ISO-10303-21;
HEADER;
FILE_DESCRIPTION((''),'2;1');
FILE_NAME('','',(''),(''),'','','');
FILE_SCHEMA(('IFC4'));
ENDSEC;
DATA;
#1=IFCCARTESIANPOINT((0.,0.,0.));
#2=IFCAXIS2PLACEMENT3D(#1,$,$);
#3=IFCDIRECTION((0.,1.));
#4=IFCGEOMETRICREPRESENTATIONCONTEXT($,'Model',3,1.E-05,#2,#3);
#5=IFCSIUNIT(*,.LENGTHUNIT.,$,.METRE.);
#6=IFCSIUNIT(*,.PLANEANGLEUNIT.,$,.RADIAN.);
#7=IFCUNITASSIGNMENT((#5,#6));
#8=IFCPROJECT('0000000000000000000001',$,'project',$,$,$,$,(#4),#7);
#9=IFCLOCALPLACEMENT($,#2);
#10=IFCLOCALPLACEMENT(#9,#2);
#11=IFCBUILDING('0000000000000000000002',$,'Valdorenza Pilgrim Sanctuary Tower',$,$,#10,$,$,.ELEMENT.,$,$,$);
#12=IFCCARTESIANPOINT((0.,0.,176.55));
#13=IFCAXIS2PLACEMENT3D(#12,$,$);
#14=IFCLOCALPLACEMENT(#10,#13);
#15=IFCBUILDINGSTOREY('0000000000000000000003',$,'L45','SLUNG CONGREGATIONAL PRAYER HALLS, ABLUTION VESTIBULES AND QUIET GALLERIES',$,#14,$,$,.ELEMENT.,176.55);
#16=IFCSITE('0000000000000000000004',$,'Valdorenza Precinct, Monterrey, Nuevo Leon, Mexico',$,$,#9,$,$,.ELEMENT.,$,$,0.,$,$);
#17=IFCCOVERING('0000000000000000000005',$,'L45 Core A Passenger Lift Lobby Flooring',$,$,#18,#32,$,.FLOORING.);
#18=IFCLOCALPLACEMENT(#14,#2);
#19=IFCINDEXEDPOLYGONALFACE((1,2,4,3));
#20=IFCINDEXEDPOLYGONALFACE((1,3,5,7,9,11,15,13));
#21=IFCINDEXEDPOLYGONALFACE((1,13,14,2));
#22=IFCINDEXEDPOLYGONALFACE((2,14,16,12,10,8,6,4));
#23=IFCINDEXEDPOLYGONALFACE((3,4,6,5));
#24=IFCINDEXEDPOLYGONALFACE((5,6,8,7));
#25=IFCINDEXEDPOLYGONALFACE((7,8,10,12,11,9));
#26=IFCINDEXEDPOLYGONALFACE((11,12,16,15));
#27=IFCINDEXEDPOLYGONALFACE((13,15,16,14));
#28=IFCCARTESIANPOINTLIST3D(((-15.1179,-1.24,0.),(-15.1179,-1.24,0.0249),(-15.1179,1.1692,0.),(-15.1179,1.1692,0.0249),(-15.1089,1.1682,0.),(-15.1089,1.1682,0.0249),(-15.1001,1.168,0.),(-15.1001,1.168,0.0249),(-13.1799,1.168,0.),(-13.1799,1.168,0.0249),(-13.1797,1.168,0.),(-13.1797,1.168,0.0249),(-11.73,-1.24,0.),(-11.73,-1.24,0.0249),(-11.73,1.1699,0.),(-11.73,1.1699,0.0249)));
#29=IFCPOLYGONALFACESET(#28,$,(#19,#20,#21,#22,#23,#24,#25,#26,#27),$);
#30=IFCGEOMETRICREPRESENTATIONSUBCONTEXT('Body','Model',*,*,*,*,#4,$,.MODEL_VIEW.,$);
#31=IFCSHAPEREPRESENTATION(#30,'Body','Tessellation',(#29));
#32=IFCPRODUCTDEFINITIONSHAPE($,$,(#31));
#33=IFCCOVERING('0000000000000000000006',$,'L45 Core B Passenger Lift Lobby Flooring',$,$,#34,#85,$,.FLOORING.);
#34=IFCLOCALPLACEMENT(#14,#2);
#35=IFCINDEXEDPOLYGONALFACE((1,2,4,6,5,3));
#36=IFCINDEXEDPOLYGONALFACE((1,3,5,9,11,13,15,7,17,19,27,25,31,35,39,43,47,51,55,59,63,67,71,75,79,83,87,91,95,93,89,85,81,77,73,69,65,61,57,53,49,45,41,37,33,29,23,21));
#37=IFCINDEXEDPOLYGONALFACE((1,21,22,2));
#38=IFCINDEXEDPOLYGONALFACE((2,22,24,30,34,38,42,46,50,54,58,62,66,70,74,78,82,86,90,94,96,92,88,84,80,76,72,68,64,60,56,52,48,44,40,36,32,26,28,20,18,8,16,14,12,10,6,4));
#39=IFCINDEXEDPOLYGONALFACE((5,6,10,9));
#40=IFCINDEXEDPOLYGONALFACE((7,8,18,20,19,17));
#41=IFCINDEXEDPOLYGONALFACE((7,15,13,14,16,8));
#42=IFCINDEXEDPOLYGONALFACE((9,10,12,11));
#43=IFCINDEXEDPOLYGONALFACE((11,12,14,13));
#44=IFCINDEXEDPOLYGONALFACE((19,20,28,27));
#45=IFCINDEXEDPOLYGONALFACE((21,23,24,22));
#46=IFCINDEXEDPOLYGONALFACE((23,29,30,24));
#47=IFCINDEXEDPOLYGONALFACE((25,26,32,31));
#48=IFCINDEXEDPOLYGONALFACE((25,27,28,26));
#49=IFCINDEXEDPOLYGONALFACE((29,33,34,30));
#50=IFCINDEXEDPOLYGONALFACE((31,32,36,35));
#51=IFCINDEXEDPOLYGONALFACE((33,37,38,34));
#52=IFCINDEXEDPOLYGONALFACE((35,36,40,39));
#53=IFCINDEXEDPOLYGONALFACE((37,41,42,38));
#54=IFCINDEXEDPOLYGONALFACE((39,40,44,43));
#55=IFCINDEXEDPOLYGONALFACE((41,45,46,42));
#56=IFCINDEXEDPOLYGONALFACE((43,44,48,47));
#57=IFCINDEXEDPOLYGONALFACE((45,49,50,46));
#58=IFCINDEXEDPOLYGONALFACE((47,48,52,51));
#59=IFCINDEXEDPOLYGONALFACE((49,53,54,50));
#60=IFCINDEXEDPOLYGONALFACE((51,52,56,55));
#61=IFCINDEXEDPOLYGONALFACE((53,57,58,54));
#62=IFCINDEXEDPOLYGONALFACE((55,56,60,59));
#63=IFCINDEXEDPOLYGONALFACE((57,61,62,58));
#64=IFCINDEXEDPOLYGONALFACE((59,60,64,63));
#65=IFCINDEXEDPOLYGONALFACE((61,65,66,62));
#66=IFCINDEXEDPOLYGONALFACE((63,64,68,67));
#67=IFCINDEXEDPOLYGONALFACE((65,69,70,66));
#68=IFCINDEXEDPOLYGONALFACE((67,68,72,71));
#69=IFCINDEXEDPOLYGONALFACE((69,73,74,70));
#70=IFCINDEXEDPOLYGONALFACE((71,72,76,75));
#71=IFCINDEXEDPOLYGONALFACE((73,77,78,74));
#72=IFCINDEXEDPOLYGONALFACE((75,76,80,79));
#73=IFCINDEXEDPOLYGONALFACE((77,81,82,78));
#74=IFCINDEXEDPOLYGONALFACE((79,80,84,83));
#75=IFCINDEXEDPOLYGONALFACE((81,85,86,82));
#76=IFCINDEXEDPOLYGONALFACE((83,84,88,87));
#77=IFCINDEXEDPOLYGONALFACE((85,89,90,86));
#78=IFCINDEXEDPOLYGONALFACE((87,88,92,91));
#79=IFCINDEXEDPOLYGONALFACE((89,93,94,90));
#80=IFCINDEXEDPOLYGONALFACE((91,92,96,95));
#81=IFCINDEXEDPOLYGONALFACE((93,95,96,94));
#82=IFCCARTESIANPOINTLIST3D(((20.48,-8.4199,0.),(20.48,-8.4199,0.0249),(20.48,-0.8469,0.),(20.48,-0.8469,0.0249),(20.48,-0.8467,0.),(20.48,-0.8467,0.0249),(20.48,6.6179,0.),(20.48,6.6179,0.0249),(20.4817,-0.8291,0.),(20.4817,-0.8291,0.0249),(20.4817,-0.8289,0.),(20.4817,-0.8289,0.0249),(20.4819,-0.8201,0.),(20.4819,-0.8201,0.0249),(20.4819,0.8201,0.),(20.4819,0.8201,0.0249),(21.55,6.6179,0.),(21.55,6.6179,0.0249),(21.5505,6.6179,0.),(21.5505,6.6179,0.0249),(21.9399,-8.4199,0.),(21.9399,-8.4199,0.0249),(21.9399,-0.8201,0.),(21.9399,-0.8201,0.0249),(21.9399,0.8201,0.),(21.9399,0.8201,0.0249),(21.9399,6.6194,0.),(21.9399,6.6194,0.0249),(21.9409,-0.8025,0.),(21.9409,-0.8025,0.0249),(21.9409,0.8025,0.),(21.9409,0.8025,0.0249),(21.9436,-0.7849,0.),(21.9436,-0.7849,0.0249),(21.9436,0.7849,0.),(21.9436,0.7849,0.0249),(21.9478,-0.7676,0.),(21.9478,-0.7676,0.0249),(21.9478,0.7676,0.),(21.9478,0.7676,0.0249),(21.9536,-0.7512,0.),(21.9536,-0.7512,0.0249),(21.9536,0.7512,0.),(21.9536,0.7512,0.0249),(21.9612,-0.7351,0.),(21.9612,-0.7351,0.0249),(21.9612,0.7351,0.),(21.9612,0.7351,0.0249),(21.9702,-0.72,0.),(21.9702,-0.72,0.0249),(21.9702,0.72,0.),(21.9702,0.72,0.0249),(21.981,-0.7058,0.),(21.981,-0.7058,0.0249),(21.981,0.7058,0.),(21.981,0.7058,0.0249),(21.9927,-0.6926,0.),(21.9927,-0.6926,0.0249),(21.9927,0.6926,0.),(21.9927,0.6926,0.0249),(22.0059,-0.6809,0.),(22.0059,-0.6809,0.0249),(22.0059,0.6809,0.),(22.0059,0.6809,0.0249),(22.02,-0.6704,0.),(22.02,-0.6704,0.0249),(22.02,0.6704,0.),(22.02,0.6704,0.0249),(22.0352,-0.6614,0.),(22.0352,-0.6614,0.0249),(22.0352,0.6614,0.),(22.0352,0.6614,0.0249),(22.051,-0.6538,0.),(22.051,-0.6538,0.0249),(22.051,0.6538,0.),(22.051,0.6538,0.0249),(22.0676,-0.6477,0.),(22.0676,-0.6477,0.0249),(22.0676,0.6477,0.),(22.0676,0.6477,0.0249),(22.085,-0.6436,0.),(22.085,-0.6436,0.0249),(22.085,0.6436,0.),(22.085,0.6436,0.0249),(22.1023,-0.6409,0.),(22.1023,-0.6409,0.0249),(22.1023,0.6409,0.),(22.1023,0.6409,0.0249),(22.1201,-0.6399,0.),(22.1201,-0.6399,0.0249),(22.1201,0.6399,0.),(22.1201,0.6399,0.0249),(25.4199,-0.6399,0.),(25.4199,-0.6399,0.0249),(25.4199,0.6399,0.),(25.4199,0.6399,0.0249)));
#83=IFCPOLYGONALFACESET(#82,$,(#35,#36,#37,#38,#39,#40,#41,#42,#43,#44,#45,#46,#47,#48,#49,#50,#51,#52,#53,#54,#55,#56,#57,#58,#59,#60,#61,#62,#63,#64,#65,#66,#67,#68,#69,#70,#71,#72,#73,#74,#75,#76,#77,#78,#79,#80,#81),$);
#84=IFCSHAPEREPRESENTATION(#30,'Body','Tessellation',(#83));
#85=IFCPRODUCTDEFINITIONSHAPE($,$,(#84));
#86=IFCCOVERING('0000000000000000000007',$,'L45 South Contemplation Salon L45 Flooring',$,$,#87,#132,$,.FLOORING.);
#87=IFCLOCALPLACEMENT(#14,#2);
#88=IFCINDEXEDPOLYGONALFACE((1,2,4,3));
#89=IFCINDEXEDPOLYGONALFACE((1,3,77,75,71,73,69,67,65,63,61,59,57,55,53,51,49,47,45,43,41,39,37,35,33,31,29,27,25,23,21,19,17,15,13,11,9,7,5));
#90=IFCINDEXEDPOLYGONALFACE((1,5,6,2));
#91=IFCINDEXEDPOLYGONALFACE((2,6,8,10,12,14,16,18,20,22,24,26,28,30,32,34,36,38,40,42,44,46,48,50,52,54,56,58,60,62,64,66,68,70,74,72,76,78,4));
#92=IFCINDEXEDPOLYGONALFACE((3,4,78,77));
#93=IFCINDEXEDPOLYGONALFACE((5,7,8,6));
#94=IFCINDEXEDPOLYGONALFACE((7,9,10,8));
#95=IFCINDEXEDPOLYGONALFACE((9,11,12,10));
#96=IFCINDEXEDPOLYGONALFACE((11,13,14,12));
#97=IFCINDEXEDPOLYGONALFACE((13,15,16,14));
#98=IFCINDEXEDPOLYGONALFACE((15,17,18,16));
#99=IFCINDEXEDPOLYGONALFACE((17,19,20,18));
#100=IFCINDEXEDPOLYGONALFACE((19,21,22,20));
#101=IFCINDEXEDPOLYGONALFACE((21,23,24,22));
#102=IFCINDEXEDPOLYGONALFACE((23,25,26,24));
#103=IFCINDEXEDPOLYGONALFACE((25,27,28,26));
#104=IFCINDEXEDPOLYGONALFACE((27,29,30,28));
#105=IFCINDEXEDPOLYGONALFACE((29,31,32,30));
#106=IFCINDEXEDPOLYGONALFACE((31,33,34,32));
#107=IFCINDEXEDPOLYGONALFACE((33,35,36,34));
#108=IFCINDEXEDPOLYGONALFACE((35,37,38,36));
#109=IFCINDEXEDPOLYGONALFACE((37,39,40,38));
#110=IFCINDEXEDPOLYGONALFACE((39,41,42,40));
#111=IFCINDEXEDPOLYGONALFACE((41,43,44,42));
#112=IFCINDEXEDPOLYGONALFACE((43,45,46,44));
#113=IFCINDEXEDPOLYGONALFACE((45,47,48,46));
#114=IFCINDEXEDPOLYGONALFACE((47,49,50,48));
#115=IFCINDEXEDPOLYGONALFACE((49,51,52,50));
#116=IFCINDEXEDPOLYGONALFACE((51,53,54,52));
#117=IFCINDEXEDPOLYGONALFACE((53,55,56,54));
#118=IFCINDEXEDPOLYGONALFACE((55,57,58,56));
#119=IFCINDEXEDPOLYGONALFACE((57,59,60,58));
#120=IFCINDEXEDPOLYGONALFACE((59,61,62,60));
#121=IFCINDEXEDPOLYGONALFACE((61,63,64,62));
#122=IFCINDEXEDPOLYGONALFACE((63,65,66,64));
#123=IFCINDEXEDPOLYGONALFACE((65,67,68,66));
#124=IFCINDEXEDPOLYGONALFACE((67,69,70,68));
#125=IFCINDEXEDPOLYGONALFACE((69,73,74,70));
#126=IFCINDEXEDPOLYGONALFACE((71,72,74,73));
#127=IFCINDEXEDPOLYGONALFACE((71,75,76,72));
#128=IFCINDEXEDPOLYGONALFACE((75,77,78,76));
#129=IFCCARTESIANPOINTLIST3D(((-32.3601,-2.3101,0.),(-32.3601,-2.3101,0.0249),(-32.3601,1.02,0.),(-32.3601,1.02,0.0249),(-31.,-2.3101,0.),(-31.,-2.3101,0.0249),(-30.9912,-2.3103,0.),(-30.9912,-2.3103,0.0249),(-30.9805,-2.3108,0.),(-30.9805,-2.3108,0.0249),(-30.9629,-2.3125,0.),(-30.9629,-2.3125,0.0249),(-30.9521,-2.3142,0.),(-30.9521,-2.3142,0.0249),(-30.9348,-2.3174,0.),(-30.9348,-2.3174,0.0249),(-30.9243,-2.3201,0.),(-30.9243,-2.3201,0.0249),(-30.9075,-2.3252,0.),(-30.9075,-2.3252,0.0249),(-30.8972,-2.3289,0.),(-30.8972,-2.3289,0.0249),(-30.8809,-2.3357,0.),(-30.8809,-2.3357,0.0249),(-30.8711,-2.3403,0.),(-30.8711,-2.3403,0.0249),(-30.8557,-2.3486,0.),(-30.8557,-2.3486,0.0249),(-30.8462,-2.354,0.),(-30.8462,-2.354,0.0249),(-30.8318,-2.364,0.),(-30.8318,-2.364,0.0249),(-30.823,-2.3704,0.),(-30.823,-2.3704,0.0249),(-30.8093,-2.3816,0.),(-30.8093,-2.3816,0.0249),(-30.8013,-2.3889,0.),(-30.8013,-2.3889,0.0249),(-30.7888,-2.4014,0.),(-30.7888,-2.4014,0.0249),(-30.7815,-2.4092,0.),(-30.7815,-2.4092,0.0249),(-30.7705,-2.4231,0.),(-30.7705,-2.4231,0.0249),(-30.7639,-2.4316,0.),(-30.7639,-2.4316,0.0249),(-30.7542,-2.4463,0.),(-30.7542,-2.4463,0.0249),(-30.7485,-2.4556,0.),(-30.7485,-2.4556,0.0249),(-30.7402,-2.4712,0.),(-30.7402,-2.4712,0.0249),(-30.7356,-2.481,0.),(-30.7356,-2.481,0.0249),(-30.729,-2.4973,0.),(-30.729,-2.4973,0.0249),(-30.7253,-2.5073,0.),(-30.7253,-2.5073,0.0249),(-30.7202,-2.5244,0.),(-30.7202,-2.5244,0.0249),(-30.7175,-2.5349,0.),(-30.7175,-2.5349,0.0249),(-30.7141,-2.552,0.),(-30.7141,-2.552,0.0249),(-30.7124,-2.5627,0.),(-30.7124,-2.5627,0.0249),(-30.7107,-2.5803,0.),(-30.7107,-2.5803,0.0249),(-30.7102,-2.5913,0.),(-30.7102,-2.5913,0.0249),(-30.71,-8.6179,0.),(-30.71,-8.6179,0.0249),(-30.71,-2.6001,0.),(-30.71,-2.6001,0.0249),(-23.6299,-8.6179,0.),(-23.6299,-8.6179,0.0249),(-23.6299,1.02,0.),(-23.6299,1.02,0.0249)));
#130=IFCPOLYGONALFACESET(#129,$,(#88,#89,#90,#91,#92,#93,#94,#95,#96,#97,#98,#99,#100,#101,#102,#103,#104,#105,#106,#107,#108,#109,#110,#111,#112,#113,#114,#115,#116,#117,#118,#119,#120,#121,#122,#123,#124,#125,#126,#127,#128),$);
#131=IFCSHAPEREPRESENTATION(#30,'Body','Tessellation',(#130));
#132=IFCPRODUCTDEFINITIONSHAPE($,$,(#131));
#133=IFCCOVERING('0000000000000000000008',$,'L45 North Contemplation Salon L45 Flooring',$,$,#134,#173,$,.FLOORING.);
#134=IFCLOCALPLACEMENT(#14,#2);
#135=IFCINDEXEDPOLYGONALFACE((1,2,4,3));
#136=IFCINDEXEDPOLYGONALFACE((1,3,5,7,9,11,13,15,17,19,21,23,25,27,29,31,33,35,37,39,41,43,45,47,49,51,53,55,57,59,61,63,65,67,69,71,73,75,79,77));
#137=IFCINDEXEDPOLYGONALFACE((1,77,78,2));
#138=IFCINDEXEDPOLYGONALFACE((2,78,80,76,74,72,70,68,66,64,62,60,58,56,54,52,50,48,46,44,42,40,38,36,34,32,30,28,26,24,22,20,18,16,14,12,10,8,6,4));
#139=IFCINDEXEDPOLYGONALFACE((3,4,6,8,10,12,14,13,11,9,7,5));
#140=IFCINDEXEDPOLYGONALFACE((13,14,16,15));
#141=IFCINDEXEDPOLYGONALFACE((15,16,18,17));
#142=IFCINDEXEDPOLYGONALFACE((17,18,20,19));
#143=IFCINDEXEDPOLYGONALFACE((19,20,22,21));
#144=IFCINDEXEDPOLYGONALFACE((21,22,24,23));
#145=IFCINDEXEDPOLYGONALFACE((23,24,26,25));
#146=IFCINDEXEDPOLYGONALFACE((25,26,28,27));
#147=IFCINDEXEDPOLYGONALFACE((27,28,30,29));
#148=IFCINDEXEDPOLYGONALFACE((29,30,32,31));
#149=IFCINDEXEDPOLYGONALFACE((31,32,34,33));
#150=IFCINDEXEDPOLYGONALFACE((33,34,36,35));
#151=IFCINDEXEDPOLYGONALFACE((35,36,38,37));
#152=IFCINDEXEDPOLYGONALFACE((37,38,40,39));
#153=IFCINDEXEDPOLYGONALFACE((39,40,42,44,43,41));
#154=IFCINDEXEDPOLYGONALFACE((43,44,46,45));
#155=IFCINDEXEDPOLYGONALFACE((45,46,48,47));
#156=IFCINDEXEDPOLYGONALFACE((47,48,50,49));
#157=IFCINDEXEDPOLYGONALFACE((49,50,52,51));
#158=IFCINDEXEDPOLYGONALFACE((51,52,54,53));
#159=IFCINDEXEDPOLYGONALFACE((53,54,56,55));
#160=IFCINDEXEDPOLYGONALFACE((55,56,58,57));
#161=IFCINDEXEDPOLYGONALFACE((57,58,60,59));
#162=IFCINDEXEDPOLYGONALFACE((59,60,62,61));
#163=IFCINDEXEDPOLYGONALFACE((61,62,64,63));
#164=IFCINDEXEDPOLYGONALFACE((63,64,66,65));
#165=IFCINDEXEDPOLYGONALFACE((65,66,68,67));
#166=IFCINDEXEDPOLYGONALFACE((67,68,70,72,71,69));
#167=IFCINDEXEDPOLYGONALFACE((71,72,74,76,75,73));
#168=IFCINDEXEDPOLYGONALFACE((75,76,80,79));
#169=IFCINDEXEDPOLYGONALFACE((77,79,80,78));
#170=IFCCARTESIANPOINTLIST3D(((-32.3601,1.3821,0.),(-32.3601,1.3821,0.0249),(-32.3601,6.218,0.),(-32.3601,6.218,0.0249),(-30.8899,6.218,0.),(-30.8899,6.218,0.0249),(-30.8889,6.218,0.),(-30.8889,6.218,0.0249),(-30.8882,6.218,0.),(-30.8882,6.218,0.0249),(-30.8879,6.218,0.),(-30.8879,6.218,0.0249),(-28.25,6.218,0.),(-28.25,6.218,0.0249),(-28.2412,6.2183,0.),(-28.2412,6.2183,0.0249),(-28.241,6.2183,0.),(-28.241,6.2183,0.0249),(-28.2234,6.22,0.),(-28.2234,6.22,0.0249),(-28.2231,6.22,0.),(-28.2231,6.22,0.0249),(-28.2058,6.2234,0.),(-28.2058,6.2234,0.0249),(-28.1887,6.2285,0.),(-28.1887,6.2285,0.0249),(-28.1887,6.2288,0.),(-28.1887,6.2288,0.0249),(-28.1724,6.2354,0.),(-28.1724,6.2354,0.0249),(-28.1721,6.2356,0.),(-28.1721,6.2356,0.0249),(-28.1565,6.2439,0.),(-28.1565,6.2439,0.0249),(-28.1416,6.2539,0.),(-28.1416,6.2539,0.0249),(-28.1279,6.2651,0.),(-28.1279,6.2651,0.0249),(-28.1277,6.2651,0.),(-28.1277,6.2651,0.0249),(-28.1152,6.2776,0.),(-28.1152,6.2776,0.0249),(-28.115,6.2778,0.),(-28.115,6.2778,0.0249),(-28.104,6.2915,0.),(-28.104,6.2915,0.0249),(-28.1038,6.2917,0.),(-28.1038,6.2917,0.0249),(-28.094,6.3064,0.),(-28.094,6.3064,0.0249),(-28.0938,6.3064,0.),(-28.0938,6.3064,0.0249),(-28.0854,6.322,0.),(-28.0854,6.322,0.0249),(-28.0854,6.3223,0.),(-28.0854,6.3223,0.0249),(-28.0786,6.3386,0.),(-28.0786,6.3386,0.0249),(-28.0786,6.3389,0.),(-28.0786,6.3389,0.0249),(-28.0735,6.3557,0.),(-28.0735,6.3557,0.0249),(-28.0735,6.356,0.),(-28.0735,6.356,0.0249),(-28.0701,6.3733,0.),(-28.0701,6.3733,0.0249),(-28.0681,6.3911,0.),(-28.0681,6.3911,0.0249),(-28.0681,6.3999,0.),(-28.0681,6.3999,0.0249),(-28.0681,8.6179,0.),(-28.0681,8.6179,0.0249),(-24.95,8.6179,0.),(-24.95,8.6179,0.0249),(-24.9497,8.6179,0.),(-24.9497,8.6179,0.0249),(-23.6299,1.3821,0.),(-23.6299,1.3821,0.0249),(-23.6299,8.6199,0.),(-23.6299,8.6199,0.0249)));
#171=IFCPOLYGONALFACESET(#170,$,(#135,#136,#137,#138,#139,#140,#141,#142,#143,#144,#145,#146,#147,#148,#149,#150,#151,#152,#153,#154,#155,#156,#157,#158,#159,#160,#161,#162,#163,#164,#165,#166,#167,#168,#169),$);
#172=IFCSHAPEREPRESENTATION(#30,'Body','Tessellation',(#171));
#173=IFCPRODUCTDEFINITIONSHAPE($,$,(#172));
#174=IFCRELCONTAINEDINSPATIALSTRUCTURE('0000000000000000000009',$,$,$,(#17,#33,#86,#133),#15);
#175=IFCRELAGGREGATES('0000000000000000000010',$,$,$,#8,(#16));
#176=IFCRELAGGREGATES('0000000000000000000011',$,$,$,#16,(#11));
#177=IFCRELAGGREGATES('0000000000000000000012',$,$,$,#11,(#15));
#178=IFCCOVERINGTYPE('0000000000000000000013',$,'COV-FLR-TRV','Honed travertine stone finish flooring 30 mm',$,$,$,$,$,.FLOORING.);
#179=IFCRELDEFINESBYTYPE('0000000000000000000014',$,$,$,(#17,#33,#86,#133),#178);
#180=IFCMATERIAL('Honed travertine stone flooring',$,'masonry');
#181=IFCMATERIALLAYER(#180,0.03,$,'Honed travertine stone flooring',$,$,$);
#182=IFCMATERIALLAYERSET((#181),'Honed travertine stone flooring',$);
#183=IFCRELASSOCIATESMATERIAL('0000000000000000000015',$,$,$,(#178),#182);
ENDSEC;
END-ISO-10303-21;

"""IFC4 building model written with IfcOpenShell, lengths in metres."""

from ifc_helpers import new_model, si_unit, direction, frame, origin, place, context, subcontext, project, spatial, polyline, outline, extrude, material, layer, layer_set, type_object, element, save


model = new_model("IFC4")

# Units and contexts
model_context = context("Model", 3, precision=1e-05, world=origin(), true_north=direction((0.0, 1.0)))
body_context = subcontext(model_context, "Body", "Model", "MODEL_VIEW")
ifc_project = project(units=[si_unit("LENGTHUNIT", "METRE"), si_unit("PLANEANGLEUNIT", "RADIAN")], contexts=[model_context])

# Site, building, storey
site_placement = place(None, origin())
site = spatial("IfcSite", under=ifc_project, at=site_placement, Name="Valdorenza Precinct, Monterrey, Nuevo Leon, Mexico", CompositionType="ELEMENT", RefElevation=0.0)
building_placement = place(site_placement, origin())
building = spatial("IfcBuilding", under=site, at=building_placement, Name="Valdorenza Pilgrim Sanctuary Tower", CompositionType="ELEMENT")
storey_placement = place(building_placement, frame((0.0, 0.0, 176.55)))
storey = spatial("IfcBuildingStorey", under=building, at=storey_placement, Name="L45", Description="SLUNG CONGREGATIONAL PRAYER HALLS, ABLUTION VESTIBULES AND QUIET GALLERIES", CompositionType="ELEMENT", Elevation=176.55)

# Coverings
ifc_material_1 = material(Name="Honed travertine stone flooring", Category="masonry")
ifc_layer_1 = layer(ifc_material_1, 0.03, Name="Honed travertine stone flooring")
ifc_layer_set_1 = layer_set([ifc_layer_1], Name="Honed travertine stone flooring")
covering_type_1 = type_object("IfcCoveringType", Name="COV-FLR-TRV", Description="Honed travertine stone finish flooring 30 mm", PredefinedType="FLOORING", material=ifc_layer_set_1)
covering_1_placement = place(storey_placement, origin())
element("IfcCovering", 1, at=covering_1_placement, inside=storey, type_object=covering_type_1, Name="L45 Core A Passenger Lift Lobby Flooring", PredefinedType="FLOORING", context=body_context, shape_type="SweptSolid", body=[
    extrude(outline(polyline([(-15.1179, 1.1692), (-15.1089, 1.1682), (-15.1089, 1.1682), (-15.1001, 1.168), (-13.1799, 1.168), (-13.1797, 1.168), (-11.73, 1.1699), (-11.73, -1.24), (-15.1179, -1.24), (-15.1179, 1.1692)])), origin(), (0.0, 0.0, 1.0), 0.0249),
])
covering_2_placement = place(storey_placement, origin())
element("IfcCovering", 2, at=covering_2_placement, inside=storey, type_object=covering_type_1, Name="L45 Core B Passenger Lift Lobby Flooring", PredefinedType="FLOORING", context=body_context, shape_type="SweptSolid", body=[
    extrude(outline(polyline([(20.48, 6.6179), (21.55, 6.6179), (21.5505, 6.6179), (21.9399, 6.6194), (21.9399, 0.8201), (21.9409, 0.8025), (21.9436, 0.7849), (21.9478, 0.7676), (21.9536, 0.7512), (21.9612, 0.7351), (21.9702, 0.72), (21.981, 0.7058), (21.9927, 0.6926), (22.0059, 0.6809), (22.02, 0.6704), (22.0352, 0.6614), (22.051, 0.6538), (22.0676, 0.6477), (22.085, 0.6436), (22.1023, 0.6409), (22.1201, 0.6399), (25.4199, 0.6399), (25.4199, -0.6399), (22.1201, -0.6399), (22.1023, -0.6409), (22.085, -0.6436), (22.0676, -0.6477), (22.051, -0.6538), (22.0352, -0.6614), (22.02, -0.6704), (22.0059, -0.6809), (21.9927, -0.6926), (21.981, -0.7058), (21.9702, -0.72), (21.9612, -0.7351), (21.9536, -0.7512), (21.9478, -0.7676), (21.9436, -0.7849), (21.9409, -0.8025), (21.9399, -0.8201), (21.9399, -8.4199), (20.48, -8.4199), (20.48, -0.8469), (20.48, -0.8467), (20.48, -0.8467), (20.4817, -0.8291), (20.4817, -0.8289), (20.4819, -0.8201), (20.4819, 0.8201), (20.48, 6.6179)])), origin(), (0.0, 0.0, 1.0), 0.0249),
])
covering_3_placement = place(storey_placement, origin())
element("IfcCovering", 3, at=covering_3_placement, inside=storey, type_object=covering_type_1, Name="L45 South Contemplation Salon L45 Flooring", PredefinedType="FLOORING", context=body_context, shape_type="SweptSolid", body=[
    extrude(outline(polyline([(-23.6299, -8.6179), (-30.71, -8.6179), (-30.71, -2.6001), (-30.7102, -2.5913), (-30.7107, -2.5803), (-30.7124, -2.5627), (-30.7141, -2.552), (-30.7175, -2.5349), (-30.7202, -2.5244), (-30.7253, -2.5073), (-30.729, -2.4973), (-30.7356, -2.481), (-30.7402, -2.4712), (-30.7485, -2.4556), (-30.7542, -2.4463), (-30.7639, -2.4316), (-30.7705, -2.4231), (-30.7815, -2.4092), (-30.7888, -2.4014), (-30.8013, -2.3889), (-30.8093, -2.3816), (-30.823, -2.3704), (-30.8318, -2.364), (-30.8462, -2.354), (-30.8557, -2.3486), (-30.8711, -2.3403), (-30.8809, -2.3357), (-30.8972, -2.3289), (-30.9075, -2.3252), (-30.9243, -2.3201), (-30.9348, -2.3174), (-30.9521, -2.3142), (-30.9629, -2.3125), (-30.9805, -2.3108), (-30.9912, -2.3103), (-31.0, -2.3101), (-32.3601, -2.3101), (-32.3601, 1.02), (-23.6299, 1.02), (-23.6299, -8.6179)])), origin(), (0.0, 0.0, 1.0), 0.0249),
])
covering_4_placement = place(storey_placement, origin())
element("IfcCovering", 4, at=covering_4_placement, inside=storey, type_object=covering_type_1, Name="L45 North Contemplation Salon L45 Flooring", PredefinedType="FLOORING", context=body_context, shape_type="SweptSolid", body=[
    extrude(outline(polyline([(-30.8882, 6.218), (-30.8879, 6.218), (-28.25, 6.218), (-28.2412, 6.2183), (-28.241, 6.2183), (-28.2234, 6.22), (-28.2231, 6.22), (-28.2058, 6.2234), (-28.2058, 6.2234), (-28.1887, 6.2285), (-28.1887, 6.2288), (-28.1724, 6.2354), (-28.1721, 6.2356), (-28.1565, 6.2439), (-28.1565, 6.2439), (-28.1416, 6.2539), (-28.1416, 6.2539), (-28.1279, 6.2651), (-28.1277, 6.2651), (-28.1152, 6.2776), (-28.115, 6.2778), (-28.104, 6.2915), (-28.1038, 6.2917), (-28.094, 6.3064), (-28.0938, 6.3064), (-28.0854, 6.322), (-28.0854, 6.3223), (-28.0786, 6.3386), (-28.0786, 6.3389), (-28.0735, 6.3557), (-28.0735, 6.356), (-28.0701, 6.3733), (-28.0701, 6.3733), (-28.0681, 6.3911), (-28.0681, 6.3911), (-28.0681, 6.3999), (-28.0681, 8.6179), (-24.95, 8.6179), (-24.9497, 8.6179), (-23.6299, 8.6199), (-23.6299, 1.3821), (-32.3601, 1.3821), (-32.3601, 6.218), (-30.8899, 6.218), (-30.8889, 6.218), (-30.8882, 6.218)])), origin(), (0.0, 0.0, 1.0), 0.0249),
])

save(model, "model.ifc")
